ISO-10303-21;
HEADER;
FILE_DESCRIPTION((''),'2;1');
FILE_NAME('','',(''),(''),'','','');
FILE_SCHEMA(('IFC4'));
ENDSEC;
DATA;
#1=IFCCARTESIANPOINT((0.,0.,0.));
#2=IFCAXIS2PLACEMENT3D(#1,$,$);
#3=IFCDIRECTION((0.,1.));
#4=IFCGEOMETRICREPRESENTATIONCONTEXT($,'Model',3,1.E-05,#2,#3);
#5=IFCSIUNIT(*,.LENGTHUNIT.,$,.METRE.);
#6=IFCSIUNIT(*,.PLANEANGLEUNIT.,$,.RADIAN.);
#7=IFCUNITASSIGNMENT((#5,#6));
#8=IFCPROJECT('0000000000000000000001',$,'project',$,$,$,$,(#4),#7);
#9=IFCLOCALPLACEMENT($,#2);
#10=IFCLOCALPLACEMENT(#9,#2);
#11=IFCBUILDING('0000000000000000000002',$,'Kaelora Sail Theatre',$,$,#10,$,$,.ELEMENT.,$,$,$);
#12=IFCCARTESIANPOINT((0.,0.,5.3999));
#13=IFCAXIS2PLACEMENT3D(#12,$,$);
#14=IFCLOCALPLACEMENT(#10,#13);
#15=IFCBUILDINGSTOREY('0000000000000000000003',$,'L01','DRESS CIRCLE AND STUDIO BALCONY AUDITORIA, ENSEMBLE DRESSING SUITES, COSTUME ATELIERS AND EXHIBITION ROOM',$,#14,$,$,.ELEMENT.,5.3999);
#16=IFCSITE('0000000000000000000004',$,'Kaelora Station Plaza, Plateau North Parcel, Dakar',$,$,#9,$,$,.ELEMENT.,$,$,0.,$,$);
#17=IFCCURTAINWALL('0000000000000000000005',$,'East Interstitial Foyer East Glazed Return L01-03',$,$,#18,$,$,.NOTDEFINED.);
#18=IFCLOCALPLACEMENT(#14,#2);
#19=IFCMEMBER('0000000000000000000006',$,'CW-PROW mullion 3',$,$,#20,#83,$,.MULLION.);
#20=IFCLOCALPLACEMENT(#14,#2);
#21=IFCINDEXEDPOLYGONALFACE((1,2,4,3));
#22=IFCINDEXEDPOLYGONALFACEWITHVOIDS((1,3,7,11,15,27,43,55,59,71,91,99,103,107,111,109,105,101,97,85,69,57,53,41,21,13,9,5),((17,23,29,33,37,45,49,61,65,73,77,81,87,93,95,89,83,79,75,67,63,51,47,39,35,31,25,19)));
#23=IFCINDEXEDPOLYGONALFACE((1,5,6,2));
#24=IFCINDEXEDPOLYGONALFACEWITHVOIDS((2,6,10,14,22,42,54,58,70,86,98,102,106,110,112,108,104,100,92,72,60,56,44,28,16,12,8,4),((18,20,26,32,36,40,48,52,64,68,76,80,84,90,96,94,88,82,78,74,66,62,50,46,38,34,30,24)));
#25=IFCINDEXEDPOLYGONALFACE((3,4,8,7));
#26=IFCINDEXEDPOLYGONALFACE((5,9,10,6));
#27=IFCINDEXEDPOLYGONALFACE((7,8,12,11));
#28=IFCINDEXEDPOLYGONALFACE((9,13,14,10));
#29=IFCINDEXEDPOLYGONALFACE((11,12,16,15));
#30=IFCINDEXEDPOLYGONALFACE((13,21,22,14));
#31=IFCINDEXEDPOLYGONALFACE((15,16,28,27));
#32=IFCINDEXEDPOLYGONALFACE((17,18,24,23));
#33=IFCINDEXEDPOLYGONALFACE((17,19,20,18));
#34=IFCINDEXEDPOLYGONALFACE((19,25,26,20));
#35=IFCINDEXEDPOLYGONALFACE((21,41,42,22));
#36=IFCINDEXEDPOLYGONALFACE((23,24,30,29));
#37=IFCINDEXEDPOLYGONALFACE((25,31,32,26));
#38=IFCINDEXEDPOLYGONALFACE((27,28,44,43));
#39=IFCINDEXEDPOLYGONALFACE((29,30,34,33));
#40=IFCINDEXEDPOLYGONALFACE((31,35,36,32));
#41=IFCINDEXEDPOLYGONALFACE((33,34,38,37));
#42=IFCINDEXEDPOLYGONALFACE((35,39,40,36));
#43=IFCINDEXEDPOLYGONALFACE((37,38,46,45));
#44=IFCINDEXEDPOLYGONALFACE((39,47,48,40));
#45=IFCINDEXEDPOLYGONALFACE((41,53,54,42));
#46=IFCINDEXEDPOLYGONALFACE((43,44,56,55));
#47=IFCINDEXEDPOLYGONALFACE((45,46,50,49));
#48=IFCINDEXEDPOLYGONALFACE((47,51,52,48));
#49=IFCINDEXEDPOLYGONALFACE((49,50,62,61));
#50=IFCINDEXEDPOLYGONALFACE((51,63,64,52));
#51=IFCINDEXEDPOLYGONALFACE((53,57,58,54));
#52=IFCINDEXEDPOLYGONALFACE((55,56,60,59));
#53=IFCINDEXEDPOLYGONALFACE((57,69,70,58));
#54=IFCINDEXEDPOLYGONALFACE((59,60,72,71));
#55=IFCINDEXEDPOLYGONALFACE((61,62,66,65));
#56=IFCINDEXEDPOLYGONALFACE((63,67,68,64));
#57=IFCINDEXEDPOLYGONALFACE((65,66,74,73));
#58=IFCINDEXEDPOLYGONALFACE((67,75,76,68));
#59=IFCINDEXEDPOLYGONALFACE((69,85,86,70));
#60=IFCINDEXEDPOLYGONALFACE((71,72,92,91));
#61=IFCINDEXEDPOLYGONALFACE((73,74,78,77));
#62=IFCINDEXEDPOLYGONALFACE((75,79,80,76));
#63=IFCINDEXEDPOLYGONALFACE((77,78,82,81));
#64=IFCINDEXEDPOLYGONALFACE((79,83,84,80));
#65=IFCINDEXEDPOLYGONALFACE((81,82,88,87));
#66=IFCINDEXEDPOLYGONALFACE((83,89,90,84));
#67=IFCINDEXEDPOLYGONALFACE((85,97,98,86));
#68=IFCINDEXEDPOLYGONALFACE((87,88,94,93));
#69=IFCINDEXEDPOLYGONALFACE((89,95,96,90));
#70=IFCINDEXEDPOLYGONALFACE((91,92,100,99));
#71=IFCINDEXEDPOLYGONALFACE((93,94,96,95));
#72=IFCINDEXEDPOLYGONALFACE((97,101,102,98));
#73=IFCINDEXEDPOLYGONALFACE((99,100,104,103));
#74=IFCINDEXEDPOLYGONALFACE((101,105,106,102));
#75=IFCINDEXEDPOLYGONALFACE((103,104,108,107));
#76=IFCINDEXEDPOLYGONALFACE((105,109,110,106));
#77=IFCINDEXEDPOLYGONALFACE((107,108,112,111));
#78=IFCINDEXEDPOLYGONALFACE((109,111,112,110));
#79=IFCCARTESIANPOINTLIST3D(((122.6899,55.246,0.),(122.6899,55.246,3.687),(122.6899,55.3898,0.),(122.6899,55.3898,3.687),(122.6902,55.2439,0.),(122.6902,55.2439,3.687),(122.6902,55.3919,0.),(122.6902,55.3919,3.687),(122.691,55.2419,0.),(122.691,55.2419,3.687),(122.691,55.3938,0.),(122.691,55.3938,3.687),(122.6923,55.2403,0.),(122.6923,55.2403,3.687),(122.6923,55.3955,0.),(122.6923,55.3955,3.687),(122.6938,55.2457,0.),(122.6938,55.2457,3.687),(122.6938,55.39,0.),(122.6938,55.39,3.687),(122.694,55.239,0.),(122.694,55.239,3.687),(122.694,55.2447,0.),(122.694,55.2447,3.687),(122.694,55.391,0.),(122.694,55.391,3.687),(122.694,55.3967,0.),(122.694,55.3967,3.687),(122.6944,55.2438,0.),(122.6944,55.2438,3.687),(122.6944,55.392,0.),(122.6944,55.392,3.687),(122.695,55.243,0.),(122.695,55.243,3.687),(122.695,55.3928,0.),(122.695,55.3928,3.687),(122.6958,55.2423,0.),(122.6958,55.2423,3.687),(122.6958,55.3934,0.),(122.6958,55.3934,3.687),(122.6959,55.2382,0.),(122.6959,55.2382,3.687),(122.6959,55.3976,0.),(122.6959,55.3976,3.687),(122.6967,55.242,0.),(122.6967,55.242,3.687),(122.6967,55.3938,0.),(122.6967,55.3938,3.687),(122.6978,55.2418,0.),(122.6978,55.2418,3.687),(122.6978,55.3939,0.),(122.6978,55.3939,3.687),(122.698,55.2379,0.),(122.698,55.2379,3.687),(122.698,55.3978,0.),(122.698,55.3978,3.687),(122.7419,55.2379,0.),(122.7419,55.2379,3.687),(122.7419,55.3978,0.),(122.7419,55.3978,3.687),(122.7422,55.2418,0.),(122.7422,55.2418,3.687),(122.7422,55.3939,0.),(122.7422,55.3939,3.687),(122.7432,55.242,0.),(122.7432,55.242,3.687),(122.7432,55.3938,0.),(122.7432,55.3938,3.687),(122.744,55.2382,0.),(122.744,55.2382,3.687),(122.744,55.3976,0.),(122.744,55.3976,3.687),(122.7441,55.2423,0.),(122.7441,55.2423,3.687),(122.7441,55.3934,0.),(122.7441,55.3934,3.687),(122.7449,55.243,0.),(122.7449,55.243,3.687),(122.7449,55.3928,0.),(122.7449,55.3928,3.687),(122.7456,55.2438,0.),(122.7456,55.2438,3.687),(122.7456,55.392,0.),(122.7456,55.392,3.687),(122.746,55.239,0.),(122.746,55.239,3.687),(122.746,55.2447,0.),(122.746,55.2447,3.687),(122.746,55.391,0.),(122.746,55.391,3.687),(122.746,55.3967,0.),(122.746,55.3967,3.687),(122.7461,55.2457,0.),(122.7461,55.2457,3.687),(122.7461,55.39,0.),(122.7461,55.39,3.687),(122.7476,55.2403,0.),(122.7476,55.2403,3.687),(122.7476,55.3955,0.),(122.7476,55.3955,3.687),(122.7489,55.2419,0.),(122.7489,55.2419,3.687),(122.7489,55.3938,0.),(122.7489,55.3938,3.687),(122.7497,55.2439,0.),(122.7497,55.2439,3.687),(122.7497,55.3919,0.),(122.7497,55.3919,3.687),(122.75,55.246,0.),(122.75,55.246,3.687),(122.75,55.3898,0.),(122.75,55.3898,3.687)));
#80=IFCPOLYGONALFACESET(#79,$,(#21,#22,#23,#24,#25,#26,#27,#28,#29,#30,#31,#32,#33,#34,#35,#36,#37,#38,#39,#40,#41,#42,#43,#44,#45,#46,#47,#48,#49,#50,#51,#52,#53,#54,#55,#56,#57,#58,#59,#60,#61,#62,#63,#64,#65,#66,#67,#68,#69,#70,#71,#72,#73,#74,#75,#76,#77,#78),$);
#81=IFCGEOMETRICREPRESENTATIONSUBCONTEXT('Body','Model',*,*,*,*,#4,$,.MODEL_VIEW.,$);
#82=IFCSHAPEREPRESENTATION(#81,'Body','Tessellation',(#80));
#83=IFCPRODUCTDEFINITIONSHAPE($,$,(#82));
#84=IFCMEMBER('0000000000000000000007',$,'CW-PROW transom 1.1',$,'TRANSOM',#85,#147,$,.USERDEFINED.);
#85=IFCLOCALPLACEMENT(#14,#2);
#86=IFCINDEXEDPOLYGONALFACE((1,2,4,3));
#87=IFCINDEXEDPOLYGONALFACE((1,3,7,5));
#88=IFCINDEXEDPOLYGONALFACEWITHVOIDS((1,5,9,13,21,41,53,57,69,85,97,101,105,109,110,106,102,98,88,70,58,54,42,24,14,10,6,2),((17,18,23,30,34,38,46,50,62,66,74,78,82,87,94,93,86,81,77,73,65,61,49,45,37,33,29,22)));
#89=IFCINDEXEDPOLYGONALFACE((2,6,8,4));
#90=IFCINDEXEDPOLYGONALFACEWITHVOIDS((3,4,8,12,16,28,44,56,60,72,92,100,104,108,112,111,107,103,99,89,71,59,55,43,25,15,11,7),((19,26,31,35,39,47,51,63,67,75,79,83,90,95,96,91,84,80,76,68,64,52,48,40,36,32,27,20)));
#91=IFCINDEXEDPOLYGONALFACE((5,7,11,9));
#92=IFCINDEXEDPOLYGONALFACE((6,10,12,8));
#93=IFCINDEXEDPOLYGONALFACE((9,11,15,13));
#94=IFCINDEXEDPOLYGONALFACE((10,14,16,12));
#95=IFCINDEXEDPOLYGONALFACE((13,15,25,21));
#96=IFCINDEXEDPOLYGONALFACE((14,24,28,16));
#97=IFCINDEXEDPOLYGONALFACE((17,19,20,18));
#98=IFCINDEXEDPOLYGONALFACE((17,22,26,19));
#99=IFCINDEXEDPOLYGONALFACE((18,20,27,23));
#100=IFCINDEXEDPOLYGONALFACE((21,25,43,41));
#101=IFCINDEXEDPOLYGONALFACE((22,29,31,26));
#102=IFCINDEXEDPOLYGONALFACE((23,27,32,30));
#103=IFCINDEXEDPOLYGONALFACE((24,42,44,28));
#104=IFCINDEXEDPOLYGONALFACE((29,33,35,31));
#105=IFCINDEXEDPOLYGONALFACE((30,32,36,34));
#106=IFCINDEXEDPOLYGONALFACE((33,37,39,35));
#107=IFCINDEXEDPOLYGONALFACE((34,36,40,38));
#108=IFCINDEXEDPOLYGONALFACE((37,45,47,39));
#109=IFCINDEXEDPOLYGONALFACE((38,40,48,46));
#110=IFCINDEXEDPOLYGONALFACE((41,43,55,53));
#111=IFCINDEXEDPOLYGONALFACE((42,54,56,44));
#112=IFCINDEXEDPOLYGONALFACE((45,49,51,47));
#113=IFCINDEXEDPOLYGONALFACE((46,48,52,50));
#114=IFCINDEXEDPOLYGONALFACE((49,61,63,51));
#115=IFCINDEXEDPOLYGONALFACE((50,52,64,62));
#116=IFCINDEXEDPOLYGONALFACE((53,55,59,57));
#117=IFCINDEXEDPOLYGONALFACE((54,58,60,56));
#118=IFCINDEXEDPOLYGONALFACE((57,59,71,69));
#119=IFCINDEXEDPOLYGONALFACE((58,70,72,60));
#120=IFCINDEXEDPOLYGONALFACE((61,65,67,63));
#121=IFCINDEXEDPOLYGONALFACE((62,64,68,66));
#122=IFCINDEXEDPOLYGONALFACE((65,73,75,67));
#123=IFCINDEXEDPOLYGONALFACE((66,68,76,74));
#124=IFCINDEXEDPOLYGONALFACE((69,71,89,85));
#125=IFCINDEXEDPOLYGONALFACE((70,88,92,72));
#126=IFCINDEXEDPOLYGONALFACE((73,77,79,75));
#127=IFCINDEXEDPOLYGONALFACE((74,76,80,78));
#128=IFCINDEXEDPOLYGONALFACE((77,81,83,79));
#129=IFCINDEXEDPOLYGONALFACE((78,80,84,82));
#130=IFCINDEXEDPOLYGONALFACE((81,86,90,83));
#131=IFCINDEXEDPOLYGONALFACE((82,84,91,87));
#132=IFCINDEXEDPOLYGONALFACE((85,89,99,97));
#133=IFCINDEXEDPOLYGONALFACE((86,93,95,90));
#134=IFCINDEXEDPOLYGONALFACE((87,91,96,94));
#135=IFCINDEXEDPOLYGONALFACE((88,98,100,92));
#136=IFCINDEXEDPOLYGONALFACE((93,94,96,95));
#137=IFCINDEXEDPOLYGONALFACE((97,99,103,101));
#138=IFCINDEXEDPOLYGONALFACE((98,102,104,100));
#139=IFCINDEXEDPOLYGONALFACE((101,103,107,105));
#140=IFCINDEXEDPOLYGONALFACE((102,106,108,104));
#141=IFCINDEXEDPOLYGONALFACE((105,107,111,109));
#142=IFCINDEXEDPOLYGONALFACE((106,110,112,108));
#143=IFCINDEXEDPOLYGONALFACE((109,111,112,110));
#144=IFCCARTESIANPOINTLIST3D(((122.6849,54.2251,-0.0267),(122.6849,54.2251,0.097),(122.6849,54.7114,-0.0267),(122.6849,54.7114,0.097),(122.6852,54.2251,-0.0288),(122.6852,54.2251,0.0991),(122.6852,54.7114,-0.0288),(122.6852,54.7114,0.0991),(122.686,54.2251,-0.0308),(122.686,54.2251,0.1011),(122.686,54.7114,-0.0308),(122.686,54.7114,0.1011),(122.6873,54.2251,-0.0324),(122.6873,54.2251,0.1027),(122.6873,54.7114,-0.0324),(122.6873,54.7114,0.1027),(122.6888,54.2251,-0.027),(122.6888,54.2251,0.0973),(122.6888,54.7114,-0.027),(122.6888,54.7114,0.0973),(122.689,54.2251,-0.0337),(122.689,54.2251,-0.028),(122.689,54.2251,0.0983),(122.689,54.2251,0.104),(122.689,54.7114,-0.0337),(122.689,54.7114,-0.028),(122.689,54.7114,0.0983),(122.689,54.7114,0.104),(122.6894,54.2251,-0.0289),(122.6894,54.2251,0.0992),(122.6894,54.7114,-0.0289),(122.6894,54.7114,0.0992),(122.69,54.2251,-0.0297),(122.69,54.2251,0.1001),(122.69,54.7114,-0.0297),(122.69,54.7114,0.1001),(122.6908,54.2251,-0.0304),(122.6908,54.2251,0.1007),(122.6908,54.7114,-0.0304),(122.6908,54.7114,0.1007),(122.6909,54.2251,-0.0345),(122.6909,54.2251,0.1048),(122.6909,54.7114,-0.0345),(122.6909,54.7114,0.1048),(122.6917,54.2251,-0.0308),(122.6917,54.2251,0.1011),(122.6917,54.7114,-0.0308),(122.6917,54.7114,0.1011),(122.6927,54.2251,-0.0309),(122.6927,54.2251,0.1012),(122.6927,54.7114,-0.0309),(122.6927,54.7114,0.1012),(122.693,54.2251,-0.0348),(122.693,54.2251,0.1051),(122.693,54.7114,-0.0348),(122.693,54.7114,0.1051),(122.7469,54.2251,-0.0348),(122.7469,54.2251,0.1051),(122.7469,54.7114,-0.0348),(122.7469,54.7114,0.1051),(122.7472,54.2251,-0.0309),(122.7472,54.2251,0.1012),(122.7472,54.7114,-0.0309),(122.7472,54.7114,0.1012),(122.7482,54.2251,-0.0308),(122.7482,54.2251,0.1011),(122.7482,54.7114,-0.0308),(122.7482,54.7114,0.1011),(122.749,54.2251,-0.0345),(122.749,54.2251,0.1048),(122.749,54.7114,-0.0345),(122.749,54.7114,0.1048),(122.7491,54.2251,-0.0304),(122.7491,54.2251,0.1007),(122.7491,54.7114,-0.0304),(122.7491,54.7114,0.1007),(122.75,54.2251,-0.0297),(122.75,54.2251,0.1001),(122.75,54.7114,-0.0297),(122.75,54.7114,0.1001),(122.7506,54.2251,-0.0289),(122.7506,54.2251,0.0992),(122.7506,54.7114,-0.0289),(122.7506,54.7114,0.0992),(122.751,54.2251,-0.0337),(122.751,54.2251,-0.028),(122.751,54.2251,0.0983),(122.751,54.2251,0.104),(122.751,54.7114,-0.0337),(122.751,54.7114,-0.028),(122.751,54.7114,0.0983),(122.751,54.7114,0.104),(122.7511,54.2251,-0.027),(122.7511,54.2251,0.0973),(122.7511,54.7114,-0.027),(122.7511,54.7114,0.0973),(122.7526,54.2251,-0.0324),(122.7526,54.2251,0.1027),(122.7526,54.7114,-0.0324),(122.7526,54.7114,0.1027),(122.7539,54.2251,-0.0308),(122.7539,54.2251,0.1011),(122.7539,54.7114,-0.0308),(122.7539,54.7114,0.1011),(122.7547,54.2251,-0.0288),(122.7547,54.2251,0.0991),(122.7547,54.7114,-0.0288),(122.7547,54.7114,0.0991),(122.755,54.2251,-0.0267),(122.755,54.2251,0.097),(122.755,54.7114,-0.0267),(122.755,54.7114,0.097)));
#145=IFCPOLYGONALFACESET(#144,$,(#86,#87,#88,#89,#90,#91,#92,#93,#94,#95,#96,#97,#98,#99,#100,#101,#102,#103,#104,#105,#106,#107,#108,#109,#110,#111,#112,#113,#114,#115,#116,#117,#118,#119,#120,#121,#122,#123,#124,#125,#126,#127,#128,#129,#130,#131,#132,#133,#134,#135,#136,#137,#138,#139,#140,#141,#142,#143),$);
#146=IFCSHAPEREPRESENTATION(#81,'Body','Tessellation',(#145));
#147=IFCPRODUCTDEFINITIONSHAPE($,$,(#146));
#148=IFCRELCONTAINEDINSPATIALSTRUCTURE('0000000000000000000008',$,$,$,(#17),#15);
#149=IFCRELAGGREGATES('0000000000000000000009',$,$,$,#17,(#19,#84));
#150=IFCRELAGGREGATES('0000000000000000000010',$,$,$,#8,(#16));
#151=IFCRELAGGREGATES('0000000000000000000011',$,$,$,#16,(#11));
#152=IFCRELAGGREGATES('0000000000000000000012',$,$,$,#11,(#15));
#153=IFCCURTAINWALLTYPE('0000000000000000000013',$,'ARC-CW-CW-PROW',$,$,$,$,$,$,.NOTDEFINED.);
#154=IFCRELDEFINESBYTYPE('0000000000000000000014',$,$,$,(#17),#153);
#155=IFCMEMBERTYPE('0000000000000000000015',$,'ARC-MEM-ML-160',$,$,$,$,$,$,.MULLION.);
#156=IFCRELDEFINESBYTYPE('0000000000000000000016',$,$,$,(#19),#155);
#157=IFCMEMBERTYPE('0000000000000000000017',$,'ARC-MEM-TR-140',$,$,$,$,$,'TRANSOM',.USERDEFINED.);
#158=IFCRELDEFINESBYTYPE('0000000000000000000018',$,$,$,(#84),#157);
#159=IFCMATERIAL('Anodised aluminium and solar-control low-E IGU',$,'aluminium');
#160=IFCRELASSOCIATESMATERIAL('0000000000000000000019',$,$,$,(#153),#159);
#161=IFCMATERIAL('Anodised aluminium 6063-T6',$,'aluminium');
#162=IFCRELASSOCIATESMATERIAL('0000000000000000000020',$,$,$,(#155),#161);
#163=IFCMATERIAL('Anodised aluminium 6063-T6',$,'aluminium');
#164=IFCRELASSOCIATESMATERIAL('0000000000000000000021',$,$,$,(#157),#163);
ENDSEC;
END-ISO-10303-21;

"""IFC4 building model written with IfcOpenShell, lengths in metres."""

from ifc_helpers import new_model, si_unit, direction, frame, origin, origin_2d, place, context, subcontext, project, spatial, hollow_rectangle, extrude, material, material_profile, profile_set, type_object, element, aggregate, save


model = new_model("IFC4")

# Units and contexts
model_context = context("Model", 3, precision=1e-05, world=origin(), true_north=direction((0.0, 1.0)))
body_context = subcontext(model_context, "Body", "Model", "MODEL_VIEW")
ifc_project = project(units=[si_unit("LENGTHUNIT", "METRE"), si_unit("PLANEANGLEUNIT", "RADIAN")], contexts=[model_context])

# Site, building, storey
site_placement = place(None, origin())
site = spatial("IfcSite", under=ifc_project, at=site_placement, Name="Kaelora Station Plaza, Plateau North Parcel, Dakar", CompositionType="ELEMENT", RefElevation=0.0)
building_placement = place(site_placement, origin())
building = spatial("IfcBuilding", under=site, at=building_placement, Name="Kaelora Sail Theatre", CompositionType="ELEMENT")
storey_placement = place(building_placement, frame((0.0, 0.0, 5.3999)))
storey = spatial("IfcBuildingStorey", under=building, at=storey_placement, Name="L01", Description="DRESS CIRCLE AND STUDIO BALCONY AUDITORIA, ENSEMBLE DRESSING SUITES, COSTUME ATELIERS AND EXHIBITION ROOM", CompositionType="ELEMENT", Elevation=5.3999)

# Curtain wall, members
ifc_material_1 = material(Name="Anodised aluminium and solar-control low-E IGU", Category="aluminium")
curtain_wall_type = type_object("IfcCurtainWallType", Name="ARC-CW-CW-PROW", PredefinedType="NOTDEFINED", material=ifc_material_1)
curtain_wall_placement = place(storey_placement, origin())
curtain_wall = element("IfcCurtainWall", 1, at=curtain_wall_placement, inside=storey, type_object=curtain_wall_type, Name="East Interstitial Foyer East Glazed Return L01-03", PredefinedType="NOTDEFINED")
ifc_material_2 = material(Name="Anodised aluminium 6063-T6", Category="aluminium")
ifc_material_profile_1 = material_profile(ifc_material_2, hollow_rectangle(XDim=0.0601, YDim=0.1599, WallThickness=0.0039, InnerFilletRadius=0.0039, OuterFilletRadius=0.0081, at=origin_2d()), Name="ALU-MULL 60x160x4")
ifc_profile_set_1 = profile_set([ifc_material_profile_1], Name="Anodised aluminium 6063-T6")
member_type_1 = type_object("IfcMemberType", Name="ARC-MEM-ML-160", PredefinedType="MULLION", material=ifc_profile_set_1)
member_1_placement = place(storey_placement, frame((122.72, 55.3179, 0.0), z_axis=(0.0, 0.0, 1.0), x_axis=(-1.0, 0.0, 0.0)))
member_1 = element("IfcMember", 2, at=member_1_placement, type_object=member_type_1, Name="CW-PROW mullion 3", PredefinedType="MULLION", context=body_context, shape_type="SweptSolid", body=[
    extrude(hollow_rectangle(XDim=0.0601, YDim=0.1599, WallThickness=0.0039, InnerFilletRadius=0.0039, OuterFilletRadius=0.0081, at=origin_2d()), origin(), (0.0, 0.0, 1.0), 3.687),
])
ifc_material_3 = material(Name="Anodised aluminium 6063-T6", Category="aluminium")
ifc_material_profile_2 = material_profile(ifc_material_3, hollow_rectangle(XDim=0.0701, YDim=0.1399, WallThickness=0.0039, InnerFilletRadius=0.0039, OuterFilletRadius=0.0081, at=origin_2d()), Name="ALU-TRAN 70x140x4")
ifc_profile_set_2 = profile_set([ifc_material_profile_2], Name="Anodised aluminium 6063-T6")
member_type_2 = type_object("IfcMemberType", Name="ARC-MEM-TR-140", ElementType="TRANSOM", PredefinedType="USERDEFINED", material=ifc_profile_set_2)
member_2_placement = place(storey_placement, frame((122.72, 54.2251, 0.0352), z_axis=(0.0, 1.0, 0.0), x_axis=(-1.0, 0.0, 0.0)))
member_2 = element("IfcMember", 3, at=member_2_placement, type_object=member_type_2, Name="CW-PROW transom 1.1", ObjectType="TRANSOM", PredefinedType="USERDEFINED", context=body_context, shape_type="SweptSolid", body=[
    extrude(hollow_rectangle(XDim=0.0701, YDim=0.1399, WallThickness=0.0039, InnerFilletRadius=0.0039, OuterFilletRadius=0.0081, at=origin_2d()), origin(), (0.0, 0.0, 1.0), 0.4863),
])
aggregate(curtain_wall, [member_1, member_2])

save(model, "model.ifc")
